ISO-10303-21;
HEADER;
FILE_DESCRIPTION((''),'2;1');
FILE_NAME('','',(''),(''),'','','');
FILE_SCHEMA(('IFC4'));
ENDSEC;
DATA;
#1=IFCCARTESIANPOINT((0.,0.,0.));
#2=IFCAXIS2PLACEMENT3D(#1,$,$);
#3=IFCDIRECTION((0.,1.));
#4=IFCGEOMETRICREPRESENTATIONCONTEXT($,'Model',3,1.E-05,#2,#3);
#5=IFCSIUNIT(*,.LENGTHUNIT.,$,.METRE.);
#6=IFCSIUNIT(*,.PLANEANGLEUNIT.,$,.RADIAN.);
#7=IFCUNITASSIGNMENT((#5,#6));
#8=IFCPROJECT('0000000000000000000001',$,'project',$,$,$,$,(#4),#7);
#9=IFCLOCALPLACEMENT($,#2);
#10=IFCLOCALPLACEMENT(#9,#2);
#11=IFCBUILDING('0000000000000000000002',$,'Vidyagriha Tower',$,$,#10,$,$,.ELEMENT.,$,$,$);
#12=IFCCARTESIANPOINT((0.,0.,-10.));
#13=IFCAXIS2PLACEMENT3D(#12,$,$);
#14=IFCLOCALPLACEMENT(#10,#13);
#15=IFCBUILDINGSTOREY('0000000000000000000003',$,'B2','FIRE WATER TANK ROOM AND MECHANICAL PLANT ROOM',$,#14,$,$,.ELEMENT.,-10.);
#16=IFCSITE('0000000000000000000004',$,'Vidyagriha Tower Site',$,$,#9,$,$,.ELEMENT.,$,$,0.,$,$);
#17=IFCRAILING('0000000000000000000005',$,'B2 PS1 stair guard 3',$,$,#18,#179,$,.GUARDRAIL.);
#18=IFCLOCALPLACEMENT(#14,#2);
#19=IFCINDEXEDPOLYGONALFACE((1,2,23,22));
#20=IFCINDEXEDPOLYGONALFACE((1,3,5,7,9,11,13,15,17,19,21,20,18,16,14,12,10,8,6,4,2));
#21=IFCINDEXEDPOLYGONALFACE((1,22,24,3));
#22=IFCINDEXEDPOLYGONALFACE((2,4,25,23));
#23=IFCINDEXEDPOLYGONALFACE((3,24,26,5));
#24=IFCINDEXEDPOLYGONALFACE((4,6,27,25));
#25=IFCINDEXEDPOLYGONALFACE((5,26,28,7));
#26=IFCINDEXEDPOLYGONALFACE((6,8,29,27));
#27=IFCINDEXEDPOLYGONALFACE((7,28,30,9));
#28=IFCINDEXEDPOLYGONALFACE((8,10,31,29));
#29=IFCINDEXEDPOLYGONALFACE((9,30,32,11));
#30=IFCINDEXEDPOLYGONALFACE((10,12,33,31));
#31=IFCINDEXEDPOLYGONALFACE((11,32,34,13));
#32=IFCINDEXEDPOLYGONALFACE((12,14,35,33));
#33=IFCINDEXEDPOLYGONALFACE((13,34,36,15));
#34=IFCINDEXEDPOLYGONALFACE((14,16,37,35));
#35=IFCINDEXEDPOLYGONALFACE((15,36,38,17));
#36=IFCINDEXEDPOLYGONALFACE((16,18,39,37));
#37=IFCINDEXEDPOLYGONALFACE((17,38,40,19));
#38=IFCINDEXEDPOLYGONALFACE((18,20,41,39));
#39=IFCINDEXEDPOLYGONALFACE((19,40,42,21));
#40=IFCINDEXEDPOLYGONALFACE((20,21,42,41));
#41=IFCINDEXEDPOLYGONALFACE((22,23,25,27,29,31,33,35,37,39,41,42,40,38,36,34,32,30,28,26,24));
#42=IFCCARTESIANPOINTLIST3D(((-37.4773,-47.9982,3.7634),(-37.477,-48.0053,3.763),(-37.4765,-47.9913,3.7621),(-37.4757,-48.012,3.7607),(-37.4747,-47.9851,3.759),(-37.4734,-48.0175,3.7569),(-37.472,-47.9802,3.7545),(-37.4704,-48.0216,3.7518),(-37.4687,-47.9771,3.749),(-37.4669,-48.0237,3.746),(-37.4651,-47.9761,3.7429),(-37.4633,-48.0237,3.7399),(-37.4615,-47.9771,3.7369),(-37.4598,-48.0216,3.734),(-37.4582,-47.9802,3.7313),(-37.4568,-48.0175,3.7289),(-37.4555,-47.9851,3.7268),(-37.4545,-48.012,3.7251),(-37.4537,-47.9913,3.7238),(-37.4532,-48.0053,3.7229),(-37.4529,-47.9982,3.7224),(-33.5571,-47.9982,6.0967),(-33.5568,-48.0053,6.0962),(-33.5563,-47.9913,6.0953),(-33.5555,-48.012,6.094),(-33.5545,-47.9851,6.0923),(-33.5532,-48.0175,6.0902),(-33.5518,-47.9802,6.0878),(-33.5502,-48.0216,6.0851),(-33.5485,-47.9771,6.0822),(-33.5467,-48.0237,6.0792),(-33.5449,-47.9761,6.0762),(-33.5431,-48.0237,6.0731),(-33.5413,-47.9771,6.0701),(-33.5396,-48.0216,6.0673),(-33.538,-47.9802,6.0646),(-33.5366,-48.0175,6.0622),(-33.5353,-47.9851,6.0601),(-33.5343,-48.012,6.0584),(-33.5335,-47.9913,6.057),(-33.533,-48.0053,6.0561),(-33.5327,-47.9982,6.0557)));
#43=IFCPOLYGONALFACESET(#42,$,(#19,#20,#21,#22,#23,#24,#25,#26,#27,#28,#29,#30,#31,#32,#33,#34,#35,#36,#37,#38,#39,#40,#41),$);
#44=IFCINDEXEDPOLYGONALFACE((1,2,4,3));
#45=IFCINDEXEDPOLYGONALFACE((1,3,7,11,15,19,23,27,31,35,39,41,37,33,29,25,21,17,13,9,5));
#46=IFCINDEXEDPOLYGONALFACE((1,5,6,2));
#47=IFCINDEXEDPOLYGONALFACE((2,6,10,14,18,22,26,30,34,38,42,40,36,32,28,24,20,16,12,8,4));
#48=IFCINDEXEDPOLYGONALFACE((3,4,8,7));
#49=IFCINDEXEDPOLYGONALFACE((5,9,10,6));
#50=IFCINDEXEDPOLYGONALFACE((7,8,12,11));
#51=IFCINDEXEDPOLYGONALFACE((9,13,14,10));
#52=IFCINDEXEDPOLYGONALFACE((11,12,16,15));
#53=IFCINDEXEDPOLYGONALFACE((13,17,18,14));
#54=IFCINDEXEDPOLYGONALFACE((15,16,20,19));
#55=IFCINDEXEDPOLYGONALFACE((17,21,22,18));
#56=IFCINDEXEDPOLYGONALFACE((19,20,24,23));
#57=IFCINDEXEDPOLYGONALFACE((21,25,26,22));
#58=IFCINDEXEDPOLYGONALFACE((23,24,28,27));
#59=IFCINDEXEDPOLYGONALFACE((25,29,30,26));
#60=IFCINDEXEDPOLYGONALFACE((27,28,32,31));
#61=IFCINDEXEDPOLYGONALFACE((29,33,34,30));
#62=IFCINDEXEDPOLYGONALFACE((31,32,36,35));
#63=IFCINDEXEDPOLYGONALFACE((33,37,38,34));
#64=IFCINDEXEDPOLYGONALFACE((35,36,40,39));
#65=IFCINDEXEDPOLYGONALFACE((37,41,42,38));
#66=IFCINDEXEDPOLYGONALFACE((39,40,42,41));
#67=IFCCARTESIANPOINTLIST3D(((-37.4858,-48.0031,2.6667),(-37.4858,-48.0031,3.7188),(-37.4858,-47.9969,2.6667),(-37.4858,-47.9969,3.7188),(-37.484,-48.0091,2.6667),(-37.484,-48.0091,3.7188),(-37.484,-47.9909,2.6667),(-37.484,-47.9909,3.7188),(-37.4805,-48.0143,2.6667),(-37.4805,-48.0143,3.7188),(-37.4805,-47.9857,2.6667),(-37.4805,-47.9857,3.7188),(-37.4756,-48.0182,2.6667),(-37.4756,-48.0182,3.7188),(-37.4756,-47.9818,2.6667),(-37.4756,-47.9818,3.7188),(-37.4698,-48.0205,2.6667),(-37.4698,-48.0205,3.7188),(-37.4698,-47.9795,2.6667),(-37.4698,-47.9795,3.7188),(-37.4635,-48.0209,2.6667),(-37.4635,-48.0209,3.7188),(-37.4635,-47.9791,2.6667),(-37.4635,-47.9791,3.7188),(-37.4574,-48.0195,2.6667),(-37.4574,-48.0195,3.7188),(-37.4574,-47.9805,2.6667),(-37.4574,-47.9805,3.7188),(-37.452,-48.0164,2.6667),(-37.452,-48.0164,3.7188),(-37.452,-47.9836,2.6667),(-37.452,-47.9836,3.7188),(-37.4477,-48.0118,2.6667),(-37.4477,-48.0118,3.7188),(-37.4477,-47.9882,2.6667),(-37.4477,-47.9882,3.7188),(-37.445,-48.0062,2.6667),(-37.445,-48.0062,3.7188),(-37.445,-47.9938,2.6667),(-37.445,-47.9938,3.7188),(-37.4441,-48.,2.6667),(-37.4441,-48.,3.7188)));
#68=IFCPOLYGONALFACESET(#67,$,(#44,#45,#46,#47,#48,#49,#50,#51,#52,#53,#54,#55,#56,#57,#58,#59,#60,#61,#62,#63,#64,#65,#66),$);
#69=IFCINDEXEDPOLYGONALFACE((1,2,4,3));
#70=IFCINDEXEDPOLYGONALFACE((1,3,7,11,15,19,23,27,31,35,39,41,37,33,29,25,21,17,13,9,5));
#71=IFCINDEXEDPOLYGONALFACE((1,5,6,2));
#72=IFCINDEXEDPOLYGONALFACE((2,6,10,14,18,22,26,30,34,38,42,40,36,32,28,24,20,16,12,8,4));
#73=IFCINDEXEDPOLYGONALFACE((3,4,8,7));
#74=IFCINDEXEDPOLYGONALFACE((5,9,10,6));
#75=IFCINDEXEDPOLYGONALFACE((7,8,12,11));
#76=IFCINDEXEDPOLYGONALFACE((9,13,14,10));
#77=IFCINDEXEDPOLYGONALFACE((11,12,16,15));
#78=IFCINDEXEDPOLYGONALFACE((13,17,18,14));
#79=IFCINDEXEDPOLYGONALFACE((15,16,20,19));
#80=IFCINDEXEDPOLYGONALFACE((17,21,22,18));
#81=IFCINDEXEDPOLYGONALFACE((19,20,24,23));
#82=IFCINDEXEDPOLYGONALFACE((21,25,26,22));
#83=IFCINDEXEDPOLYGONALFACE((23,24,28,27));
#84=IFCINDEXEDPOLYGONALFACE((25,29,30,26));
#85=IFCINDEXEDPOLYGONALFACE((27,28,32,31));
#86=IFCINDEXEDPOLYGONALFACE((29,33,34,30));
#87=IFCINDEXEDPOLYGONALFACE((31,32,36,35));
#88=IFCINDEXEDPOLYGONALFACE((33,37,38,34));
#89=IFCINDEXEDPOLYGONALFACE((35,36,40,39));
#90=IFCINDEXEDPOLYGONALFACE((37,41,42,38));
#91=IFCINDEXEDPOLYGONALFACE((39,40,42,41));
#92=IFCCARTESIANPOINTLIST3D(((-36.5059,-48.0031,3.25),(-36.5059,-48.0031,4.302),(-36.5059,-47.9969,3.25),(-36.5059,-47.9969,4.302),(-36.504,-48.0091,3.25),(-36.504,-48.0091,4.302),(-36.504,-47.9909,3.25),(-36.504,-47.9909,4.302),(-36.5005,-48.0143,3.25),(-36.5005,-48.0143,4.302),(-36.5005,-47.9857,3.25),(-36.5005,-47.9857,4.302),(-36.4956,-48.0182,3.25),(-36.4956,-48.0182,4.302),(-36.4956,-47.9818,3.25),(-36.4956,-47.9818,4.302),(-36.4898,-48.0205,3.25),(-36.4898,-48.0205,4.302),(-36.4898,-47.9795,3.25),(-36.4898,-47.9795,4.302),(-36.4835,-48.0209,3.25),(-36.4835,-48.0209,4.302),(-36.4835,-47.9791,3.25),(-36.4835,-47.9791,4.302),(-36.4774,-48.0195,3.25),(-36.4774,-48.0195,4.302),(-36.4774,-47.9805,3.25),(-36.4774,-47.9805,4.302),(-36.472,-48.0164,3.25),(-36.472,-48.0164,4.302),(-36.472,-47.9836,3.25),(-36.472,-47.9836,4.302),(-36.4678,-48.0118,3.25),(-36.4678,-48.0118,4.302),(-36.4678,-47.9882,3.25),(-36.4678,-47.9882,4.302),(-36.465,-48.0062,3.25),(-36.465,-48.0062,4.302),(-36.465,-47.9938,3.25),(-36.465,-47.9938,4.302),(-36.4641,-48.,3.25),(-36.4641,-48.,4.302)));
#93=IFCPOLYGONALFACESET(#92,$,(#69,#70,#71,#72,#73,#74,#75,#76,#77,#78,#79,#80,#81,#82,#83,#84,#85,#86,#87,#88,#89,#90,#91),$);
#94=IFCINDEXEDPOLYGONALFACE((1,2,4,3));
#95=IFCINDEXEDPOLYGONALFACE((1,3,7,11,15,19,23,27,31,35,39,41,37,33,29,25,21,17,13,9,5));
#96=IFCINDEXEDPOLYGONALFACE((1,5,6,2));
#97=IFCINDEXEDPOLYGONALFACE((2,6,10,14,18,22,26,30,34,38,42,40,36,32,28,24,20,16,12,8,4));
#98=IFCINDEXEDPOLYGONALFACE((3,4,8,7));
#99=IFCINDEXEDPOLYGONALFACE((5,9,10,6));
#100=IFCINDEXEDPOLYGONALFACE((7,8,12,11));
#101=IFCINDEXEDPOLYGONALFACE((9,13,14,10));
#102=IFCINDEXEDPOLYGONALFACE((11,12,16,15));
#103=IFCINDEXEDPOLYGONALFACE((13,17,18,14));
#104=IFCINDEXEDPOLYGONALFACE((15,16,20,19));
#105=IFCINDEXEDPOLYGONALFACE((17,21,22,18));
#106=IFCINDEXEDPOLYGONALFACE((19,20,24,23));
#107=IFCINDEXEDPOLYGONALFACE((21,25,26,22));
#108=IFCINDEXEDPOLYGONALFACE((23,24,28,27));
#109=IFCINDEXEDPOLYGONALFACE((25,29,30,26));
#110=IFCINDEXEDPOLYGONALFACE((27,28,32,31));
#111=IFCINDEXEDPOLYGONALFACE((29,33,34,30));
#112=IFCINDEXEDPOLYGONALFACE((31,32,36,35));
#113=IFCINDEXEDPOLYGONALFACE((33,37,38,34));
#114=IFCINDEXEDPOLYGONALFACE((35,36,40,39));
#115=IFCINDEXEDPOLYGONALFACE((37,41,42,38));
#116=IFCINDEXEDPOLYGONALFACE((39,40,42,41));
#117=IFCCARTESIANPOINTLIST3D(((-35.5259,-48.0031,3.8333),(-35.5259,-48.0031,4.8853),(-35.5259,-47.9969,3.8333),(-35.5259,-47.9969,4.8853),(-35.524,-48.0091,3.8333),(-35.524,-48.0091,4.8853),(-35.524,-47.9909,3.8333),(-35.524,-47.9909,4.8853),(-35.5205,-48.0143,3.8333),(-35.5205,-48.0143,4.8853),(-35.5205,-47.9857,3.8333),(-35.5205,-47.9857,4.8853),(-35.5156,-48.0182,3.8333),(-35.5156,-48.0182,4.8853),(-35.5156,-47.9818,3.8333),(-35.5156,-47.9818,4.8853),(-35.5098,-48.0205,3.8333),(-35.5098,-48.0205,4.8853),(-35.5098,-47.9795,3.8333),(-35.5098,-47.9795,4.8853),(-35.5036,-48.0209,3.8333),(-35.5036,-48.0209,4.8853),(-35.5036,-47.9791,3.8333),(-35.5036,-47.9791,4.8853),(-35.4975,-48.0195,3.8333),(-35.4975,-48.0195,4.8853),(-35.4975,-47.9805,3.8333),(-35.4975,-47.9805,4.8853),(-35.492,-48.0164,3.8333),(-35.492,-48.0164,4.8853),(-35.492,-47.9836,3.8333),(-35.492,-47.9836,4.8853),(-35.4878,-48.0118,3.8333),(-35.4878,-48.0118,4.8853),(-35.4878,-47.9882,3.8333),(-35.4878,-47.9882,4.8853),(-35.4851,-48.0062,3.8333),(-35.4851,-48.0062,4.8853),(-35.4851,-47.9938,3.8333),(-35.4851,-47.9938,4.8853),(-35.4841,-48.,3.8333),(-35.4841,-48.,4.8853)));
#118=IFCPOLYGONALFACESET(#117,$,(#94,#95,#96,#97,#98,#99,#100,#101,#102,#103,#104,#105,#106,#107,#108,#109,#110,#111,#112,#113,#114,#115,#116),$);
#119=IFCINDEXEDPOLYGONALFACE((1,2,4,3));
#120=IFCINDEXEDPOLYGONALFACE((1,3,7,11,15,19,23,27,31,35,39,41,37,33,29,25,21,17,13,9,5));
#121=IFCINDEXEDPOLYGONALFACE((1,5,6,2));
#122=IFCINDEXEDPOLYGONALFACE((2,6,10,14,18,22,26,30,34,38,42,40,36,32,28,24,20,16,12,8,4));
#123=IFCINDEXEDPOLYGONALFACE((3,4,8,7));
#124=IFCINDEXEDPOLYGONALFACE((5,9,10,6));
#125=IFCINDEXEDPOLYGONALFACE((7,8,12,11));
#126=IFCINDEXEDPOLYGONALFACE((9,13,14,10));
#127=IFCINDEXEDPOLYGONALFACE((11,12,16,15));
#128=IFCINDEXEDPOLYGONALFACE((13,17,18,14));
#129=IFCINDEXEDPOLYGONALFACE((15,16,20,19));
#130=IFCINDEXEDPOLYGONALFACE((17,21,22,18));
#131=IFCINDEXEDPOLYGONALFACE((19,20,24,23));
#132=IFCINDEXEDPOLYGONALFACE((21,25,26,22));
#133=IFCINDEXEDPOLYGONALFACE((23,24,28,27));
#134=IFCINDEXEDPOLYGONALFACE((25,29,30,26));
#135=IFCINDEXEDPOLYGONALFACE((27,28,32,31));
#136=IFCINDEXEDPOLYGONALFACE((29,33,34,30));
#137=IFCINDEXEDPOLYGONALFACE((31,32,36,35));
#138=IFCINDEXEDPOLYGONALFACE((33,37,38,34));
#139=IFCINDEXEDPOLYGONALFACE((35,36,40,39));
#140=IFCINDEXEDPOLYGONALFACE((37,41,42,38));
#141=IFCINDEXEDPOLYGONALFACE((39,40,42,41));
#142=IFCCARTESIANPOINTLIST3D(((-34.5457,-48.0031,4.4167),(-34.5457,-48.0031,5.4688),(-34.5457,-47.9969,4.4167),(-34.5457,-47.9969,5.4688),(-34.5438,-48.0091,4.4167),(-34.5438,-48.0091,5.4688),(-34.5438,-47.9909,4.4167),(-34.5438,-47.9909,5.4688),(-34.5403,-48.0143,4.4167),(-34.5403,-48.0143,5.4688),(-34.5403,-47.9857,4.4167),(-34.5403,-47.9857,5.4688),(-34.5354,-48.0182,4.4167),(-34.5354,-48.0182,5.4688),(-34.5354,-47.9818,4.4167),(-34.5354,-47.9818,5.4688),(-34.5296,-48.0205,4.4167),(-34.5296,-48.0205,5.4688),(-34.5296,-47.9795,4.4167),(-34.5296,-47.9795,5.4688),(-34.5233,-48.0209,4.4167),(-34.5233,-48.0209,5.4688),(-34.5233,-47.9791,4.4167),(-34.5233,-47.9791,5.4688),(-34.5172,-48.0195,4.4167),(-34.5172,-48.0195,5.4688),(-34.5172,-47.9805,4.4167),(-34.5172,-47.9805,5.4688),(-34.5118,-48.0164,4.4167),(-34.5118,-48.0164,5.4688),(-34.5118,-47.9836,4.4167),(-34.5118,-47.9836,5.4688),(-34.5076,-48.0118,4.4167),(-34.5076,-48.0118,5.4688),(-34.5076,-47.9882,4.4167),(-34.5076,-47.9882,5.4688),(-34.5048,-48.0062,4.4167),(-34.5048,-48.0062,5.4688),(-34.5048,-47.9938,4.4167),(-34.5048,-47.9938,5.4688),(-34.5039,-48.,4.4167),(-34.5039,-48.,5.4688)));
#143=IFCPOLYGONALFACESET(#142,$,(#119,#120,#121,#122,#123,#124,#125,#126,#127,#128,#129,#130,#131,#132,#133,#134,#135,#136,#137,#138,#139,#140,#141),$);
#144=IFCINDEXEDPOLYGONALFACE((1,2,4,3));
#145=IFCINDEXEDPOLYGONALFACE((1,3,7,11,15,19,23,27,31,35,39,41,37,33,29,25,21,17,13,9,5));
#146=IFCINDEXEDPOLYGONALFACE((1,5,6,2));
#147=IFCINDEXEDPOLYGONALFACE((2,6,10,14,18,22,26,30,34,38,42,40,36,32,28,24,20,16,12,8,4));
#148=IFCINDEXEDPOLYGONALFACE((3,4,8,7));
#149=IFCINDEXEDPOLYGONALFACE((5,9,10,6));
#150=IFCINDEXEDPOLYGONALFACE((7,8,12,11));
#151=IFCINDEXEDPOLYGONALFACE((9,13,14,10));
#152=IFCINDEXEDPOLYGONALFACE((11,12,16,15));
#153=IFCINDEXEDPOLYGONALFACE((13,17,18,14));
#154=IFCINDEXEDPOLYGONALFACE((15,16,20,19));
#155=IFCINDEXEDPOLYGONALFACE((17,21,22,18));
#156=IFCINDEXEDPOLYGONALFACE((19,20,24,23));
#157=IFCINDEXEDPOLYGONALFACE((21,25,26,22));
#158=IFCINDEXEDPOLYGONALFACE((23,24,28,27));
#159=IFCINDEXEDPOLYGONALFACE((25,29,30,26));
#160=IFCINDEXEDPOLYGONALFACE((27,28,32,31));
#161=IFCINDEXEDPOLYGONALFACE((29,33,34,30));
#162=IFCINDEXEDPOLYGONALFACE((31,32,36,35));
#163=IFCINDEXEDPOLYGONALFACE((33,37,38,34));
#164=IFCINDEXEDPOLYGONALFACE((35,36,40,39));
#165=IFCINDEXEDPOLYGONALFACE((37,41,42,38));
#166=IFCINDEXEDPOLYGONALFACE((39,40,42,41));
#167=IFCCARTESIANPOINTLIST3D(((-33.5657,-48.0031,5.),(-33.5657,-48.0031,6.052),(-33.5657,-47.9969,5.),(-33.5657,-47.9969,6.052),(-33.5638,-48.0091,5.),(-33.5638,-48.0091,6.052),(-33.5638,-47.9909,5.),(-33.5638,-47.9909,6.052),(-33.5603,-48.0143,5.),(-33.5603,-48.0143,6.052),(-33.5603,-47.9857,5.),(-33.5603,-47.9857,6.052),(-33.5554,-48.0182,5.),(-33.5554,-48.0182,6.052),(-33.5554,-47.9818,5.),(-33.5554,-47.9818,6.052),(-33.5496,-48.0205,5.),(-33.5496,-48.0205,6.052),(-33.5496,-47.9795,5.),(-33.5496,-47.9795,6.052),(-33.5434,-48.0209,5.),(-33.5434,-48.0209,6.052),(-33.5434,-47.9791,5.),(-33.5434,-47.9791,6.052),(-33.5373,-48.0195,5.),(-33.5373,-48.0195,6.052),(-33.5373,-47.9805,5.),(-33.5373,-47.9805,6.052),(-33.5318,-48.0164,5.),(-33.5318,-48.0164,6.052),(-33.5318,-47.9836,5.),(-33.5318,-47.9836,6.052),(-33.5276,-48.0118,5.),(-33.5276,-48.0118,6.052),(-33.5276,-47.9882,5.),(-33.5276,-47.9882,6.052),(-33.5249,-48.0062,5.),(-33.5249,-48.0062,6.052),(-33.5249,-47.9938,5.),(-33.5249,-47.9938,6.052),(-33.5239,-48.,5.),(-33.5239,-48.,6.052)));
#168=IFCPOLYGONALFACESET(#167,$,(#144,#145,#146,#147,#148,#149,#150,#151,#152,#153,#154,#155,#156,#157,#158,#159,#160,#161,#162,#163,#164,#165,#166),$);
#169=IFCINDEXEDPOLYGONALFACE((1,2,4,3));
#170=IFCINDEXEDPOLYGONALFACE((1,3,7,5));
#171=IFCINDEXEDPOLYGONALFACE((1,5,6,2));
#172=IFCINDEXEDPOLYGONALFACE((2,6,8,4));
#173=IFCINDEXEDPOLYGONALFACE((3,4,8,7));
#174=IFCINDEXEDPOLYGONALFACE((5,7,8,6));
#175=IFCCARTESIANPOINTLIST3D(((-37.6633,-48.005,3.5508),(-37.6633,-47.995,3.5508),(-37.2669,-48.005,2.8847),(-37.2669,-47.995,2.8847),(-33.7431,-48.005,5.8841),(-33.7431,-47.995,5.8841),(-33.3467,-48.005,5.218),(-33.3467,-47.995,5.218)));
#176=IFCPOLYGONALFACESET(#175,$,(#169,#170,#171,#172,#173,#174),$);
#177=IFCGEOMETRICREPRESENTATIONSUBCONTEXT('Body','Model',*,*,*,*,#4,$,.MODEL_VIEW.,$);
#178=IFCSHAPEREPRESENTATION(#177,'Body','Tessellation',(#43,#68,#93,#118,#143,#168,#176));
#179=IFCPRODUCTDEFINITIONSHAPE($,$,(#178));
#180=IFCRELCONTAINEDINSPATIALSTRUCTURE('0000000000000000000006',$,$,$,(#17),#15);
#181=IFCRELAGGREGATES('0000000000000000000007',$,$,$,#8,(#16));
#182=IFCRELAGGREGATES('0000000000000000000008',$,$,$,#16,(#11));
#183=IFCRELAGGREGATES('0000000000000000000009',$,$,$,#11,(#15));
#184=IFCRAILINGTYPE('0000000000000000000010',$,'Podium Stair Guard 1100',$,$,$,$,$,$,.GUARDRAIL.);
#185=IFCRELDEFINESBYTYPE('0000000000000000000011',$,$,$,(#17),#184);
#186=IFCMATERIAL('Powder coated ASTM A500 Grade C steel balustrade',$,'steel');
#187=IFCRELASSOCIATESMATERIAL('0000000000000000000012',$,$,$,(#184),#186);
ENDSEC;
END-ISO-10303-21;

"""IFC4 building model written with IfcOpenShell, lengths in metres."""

from ifc_helpers import new_model, si_unit, direction, frame, origin, origin_2d, place, context, subcontext, project, spatial, rectangle, circle, extrude, material, type_object, element, save


model = new_model("IFC4")

# Units and contexts
model_context = context("Model", 3, precision=1e-05, world=origin(), true_north=direction((0.0, 1.0)))
body_context = subcontext(model_context, "Body", "Model", "MODEL_VIEW")
ifc_project = project(units=[si_unit("LENGTHUNIT", "METRE"), si_unit("PLANEANGLEUNIT", "RADIAN")], contexts=[model_context])

# Site, building, storey
site_placement = place(None, origin())
site = spatial("IfcSite", under=ifc_project, at=site_placement, Name="Vidyagriha Tower Site", CompositionType="ELEMENT", RefElevation=0.0)
building_placement = place(site_placement, origin())
building = spatial("IfcBuilding", under=site, at=building_placement, Name="Vidyagriha Tower", CompositionType="ELEMENT")
storey_placement = place(building_placement, frame((0.0, 0.0, -10.0)))
storey = spatial("IfcBuildingStorey", under=building, at=storey_placement, Name="B2", Description="FIRE WATER TANK ROOM AND MECHANICAL PLANT ROOM", CompositionType="ELEMENT", Elevation=-10.0)

# Railing
ifc_material_1 = material(Name="Powder coated ASTM A500 Grade C steel balustrade", Category="steel")
railing_type_1 = type_object("IfcRailingType", Name="Podium Stair Guard 1100", PredefinedType="GUARDRAIL", material=ifc_material_1)
railing_1_placement = place(storey_placement, frame((-37.4651, -48.0, 2.6667)))
element("IfcRailing", 1, at=railing_1_placement, inside=storey, type_object=railing_type_1, Name="B2 PS1 stair guard 3", PredefinedType="GUARDRAIL", context=body_context, shape_type="SweptSolid", body=[
    extrude(circle(Radius=0.0239, at=origin_2d()), frame((0.0, 0.0, 1.0762), z_axis=(0.85931, 0.0, 0.511455), x_axis=(0.0, 1.0, 0.0)), (0.0, 0.0, 1.0), 4.562),
    extrude(circle(Radius=0.021, at=origin_2d()), origin(), (0.0, 0.0, 1.0), 1.052),
    extrude(circle(Radius=0.021, at=origin_2d()), frame((0.98, 0.0, 0.5833)), (0.0, 0.0, 1.0), 1.052),
    extrude(circle(Radius=0.021, at=origin_2d()), frame((1.96, 0.0, 1.1665)), (0.0, 0.0, 1.0), 1.052),
    extrude(circle(Radius=0.021, at=origin_2d()), frame((2.9402, 0.0, 1.75)), (0.0, 0.0, 1.0), 1.052),
    extrude(circle(Radius=0.021, at=origin_2d()), frame((3.9202, 0.0, 2.3333)), (0.0, 0.0, 1.0), 1.052),
    extrude(rectangle(XDim=0.01, YDim=0.7751, at=origin_2d()), frame((0.0, 0.0, 0.551), z_axis=(0.85931, 0.0, 0.511455), x_axis=(0.0, 1.0, 0.0)), (0.0, 0.0, 1.0), 4.562),
])

save(model, "model.ifc")
